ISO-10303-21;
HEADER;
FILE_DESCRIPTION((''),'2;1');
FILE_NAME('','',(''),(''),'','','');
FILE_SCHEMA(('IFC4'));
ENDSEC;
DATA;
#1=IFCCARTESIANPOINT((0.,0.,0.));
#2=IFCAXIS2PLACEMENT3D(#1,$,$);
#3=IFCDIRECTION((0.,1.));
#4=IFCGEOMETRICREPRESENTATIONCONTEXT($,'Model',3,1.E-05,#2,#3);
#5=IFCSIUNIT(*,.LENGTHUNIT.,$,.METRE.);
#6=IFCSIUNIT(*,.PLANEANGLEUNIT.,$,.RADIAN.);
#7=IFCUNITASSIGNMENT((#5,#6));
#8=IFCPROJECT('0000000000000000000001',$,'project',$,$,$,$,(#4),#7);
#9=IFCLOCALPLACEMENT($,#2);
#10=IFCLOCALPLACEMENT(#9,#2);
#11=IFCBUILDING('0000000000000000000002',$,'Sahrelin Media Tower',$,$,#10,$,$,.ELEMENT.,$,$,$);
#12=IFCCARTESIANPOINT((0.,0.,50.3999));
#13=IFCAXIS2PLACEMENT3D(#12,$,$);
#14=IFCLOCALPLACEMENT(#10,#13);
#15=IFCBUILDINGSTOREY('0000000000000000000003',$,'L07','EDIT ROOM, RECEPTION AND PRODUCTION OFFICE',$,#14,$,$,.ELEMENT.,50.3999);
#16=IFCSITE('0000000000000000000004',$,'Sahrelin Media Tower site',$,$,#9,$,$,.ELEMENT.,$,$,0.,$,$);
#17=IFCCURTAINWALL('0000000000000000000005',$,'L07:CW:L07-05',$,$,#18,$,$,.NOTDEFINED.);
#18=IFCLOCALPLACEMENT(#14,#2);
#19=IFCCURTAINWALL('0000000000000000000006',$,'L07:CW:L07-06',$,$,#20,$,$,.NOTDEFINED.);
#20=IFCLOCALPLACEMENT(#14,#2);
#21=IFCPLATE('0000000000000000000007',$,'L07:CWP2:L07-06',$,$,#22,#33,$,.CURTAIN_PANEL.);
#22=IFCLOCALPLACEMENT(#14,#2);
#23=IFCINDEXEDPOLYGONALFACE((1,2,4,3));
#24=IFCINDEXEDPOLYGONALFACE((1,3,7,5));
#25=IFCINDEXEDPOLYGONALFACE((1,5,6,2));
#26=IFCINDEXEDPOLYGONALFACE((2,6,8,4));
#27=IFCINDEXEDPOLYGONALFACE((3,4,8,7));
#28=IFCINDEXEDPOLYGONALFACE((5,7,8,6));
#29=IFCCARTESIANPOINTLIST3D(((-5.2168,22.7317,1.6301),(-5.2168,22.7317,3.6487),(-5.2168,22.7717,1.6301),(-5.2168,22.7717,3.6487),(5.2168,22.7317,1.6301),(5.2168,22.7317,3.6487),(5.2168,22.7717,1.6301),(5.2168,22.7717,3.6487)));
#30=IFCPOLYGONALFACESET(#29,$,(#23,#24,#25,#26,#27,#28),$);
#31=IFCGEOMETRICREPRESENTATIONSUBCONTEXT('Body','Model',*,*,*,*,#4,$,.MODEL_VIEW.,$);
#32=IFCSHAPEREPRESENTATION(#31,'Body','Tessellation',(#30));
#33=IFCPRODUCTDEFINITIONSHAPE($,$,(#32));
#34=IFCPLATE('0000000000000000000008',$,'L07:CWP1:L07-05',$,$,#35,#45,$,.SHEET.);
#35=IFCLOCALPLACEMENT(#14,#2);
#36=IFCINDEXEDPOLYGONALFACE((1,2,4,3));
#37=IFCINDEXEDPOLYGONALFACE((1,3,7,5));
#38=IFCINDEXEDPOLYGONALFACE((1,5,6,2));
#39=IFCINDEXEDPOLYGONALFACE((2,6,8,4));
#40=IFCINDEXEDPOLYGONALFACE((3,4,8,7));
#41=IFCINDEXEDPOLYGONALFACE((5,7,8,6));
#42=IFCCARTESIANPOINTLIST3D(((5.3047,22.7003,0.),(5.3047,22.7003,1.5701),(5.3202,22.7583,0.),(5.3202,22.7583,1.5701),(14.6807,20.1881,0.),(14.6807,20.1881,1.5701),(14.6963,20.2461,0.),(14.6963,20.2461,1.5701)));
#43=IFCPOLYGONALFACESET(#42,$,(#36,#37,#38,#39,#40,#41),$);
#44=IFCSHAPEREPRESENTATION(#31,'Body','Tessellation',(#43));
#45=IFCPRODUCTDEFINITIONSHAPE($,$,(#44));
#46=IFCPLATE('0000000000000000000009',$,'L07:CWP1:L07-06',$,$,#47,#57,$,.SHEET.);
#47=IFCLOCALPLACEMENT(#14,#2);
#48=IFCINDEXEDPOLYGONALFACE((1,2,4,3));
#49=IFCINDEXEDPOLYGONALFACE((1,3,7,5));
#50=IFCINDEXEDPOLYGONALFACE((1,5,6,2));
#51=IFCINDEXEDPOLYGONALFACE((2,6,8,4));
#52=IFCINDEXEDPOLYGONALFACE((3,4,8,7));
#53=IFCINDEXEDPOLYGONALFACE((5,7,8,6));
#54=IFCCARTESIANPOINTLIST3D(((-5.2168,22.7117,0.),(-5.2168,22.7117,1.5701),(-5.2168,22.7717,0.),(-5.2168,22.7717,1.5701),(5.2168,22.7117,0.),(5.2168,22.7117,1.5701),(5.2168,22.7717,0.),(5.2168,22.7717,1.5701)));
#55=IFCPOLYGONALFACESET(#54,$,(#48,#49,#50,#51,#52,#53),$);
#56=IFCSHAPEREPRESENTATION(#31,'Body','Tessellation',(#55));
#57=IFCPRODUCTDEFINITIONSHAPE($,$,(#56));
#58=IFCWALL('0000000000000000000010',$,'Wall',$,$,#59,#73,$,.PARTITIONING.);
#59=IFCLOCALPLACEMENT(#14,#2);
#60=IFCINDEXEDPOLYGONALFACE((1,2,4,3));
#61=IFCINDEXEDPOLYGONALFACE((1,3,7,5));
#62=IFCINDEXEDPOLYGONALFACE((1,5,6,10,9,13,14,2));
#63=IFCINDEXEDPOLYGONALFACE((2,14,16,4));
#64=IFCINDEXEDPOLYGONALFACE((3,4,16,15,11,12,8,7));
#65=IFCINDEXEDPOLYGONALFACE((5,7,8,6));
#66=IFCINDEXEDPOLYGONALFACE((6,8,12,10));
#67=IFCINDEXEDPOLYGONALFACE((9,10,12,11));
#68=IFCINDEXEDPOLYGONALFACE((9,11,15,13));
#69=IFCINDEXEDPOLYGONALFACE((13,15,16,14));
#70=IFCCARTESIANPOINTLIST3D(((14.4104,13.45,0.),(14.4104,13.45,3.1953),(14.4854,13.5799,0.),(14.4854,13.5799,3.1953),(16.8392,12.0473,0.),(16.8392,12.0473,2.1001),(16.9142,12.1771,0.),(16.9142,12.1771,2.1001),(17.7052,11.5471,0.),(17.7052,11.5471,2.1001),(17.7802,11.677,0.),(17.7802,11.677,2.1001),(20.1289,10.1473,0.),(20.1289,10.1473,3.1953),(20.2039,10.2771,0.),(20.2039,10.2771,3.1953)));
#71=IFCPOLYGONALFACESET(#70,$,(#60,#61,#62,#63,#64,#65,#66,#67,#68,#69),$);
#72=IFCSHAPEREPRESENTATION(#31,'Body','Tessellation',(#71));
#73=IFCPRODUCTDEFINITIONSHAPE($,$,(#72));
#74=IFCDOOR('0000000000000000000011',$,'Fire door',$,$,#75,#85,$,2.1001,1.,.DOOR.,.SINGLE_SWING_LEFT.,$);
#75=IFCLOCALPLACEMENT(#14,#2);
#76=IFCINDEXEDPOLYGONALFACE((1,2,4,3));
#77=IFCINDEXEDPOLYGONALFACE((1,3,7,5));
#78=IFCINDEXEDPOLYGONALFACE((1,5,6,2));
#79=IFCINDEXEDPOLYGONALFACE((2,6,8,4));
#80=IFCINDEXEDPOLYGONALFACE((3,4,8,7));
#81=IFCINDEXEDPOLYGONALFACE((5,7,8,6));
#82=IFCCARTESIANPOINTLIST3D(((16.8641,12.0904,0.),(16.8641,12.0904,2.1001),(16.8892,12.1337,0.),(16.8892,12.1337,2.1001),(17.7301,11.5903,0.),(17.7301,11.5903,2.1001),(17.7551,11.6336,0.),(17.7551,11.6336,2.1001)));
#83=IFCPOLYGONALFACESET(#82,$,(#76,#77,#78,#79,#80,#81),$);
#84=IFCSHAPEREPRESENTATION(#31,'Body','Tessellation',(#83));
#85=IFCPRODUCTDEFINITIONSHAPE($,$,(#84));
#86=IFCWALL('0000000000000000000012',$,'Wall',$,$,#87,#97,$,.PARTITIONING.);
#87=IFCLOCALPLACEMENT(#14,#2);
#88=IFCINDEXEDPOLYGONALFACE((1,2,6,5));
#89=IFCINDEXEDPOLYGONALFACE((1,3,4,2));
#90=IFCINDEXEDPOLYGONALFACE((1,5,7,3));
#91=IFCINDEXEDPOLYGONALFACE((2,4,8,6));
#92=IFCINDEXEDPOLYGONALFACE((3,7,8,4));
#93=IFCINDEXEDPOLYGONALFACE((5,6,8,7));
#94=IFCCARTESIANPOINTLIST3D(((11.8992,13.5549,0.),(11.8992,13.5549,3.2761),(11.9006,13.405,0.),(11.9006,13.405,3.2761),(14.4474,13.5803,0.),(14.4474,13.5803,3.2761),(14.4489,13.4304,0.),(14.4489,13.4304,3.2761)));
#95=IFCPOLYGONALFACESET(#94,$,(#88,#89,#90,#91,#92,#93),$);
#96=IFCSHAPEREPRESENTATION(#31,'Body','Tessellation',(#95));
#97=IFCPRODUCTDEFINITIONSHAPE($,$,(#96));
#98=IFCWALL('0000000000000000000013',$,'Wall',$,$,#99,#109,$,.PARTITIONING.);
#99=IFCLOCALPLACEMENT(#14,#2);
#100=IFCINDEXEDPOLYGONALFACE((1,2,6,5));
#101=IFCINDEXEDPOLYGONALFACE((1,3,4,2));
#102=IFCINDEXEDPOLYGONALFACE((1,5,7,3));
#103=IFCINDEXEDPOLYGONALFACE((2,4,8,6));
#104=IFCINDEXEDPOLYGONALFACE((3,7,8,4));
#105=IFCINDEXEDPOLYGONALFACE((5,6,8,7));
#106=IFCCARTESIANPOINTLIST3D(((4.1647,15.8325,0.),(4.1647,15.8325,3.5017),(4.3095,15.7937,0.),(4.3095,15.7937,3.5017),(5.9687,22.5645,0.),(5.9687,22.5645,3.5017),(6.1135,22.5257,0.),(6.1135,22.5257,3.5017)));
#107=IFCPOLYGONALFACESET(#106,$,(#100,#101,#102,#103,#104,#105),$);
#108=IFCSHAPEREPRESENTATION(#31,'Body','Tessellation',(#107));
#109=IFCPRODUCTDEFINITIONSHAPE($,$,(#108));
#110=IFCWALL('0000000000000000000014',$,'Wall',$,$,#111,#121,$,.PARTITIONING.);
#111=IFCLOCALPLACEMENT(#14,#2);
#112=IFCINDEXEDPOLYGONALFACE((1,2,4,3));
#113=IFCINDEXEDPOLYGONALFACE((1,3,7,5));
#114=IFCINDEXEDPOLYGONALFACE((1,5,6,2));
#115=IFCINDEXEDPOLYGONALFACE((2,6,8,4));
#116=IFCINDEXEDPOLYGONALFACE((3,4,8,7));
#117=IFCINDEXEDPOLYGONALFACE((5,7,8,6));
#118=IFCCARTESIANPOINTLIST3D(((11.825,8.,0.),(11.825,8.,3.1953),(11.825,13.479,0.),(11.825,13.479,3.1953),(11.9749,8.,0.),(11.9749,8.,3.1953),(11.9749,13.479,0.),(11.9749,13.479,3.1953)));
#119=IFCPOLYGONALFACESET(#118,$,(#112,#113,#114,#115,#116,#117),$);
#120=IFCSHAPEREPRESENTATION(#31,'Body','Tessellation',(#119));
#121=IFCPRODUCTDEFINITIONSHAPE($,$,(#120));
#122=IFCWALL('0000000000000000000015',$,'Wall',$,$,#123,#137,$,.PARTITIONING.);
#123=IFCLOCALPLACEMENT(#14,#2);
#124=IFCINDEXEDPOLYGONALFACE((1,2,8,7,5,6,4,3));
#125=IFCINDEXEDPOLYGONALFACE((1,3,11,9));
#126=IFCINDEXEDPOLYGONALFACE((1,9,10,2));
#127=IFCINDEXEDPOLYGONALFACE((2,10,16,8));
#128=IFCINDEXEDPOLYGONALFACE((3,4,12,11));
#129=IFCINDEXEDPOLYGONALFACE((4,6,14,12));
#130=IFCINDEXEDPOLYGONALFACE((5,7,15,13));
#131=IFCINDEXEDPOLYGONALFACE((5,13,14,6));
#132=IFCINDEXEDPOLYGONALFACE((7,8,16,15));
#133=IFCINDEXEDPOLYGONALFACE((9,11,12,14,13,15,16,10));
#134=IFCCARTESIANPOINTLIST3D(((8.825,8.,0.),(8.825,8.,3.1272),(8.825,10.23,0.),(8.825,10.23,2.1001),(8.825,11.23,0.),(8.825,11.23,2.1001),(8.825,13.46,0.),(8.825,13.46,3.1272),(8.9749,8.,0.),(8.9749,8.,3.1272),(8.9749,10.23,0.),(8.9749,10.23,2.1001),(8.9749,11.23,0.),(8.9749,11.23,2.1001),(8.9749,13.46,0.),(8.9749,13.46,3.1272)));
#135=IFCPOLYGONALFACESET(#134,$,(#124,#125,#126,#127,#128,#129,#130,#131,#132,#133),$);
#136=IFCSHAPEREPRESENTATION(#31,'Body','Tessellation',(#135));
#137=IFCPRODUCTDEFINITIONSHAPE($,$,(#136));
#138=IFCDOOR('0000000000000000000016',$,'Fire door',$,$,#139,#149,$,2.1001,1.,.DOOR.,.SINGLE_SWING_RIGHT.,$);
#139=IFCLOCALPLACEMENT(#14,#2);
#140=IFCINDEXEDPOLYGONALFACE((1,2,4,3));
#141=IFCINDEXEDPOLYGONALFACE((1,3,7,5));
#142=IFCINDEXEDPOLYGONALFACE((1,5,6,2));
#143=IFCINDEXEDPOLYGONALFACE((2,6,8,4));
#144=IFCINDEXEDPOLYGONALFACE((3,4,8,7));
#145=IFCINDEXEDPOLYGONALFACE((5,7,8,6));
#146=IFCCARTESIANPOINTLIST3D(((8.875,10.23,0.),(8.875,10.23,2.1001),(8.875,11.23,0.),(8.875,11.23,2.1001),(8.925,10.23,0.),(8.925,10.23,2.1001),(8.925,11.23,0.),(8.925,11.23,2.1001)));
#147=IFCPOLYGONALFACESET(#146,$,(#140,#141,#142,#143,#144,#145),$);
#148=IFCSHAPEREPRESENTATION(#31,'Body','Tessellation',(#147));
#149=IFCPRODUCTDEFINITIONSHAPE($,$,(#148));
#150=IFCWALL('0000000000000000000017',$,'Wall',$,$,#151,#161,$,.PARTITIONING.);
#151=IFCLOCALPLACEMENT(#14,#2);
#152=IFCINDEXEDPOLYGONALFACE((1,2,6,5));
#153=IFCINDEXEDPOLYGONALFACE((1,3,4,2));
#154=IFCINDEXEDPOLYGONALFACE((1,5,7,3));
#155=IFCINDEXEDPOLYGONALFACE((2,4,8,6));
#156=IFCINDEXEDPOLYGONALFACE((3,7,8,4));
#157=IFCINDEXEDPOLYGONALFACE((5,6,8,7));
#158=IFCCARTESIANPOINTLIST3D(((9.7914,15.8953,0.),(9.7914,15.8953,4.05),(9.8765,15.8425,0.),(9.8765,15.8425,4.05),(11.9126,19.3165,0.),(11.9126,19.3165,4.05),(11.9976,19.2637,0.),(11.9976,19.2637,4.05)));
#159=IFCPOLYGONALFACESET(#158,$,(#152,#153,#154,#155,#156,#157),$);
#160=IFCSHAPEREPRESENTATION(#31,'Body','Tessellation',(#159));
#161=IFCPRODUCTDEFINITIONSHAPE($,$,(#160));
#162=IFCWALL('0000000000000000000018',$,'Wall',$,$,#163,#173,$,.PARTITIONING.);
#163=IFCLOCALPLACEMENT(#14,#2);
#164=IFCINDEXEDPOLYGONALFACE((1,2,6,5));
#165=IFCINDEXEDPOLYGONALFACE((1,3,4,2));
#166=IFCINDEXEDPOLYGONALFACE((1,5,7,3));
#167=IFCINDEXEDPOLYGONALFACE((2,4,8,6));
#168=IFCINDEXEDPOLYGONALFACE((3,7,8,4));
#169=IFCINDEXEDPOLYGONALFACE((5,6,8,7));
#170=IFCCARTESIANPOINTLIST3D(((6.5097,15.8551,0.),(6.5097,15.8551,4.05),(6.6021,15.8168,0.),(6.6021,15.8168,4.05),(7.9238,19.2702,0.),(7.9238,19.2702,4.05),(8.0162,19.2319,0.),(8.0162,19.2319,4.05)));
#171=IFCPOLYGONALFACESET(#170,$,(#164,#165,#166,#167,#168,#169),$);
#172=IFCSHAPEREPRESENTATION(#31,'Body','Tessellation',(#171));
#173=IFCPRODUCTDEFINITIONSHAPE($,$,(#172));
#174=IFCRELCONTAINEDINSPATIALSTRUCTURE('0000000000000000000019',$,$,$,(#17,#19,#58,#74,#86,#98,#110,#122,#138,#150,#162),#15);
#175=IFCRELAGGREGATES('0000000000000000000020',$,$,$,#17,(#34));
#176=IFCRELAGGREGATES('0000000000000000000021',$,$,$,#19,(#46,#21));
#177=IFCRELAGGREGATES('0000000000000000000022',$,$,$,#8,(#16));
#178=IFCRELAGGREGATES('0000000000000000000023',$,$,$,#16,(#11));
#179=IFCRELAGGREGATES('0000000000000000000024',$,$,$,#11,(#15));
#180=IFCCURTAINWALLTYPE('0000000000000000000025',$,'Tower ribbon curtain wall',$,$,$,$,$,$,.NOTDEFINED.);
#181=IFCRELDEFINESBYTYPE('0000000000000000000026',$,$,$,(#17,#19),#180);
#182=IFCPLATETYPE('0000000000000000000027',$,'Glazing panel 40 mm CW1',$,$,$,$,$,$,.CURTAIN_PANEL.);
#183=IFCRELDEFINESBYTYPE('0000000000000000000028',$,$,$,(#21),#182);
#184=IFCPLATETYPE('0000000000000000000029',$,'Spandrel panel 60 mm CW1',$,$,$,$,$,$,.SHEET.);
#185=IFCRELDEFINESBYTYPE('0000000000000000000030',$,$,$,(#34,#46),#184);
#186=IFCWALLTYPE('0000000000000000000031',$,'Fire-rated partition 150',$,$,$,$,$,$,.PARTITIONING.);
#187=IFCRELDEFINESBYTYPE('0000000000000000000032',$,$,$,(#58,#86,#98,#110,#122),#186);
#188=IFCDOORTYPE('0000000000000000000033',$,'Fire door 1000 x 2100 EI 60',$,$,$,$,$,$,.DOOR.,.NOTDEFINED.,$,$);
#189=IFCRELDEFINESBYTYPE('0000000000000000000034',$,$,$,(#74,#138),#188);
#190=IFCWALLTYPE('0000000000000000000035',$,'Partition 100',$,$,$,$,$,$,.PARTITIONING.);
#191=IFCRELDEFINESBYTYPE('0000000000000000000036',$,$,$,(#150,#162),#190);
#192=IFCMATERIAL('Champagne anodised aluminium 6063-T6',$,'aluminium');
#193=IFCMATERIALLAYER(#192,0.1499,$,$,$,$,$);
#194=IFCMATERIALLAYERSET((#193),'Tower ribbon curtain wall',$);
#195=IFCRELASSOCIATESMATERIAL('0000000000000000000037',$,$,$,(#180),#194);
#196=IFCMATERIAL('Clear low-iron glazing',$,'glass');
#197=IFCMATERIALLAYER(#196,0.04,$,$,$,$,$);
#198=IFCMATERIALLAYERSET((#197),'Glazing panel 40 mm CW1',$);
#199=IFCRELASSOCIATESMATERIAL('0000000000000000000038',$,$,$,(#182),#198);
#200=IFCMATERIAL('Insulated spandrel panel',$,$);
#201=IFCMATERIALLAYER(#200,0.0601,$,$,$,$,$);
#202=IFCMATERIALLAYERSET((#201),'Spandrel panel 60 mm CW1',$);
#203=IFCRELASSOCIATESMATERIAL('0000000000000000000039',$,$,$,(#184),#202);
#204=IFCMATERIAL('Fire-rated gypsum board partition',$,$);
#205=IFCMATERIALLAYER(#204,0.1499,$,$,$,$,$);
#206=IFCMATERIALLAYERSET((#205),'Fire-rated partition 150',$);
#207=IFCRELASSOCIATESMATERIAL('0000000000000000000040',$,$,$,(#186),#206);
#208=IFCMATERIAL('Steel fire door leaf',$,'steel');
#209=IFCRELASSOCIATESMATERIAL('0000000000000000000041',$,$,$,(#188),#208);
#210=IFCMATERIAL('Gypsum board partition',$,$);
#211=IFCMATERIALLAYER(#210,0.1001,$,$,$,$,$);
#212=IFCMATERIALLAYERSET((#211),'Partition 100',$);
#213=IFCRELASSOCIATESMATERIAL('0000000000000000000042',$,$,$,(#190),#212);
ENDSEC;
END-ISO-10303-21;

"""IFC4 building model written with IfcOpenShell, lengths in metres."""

from ifc_helpers import new_model, si_unit, direction, frame, frame_2d, origin, place, context, subcontext, project, spatial, polyline, rectangle, outline, extrude, material, layer, layer_set, type_object, element, fill, aggregate, save


model = new_model("IFC4")

# Units and contexts
model_context = context("Model", 3, precision=1e-05, world=origin(), true_north=direction((0.0, 1.0)))
body_context = subcontext(model_context, "Body", "Model", "MODEL_VIEW")
ifc_project = project(units=[si_unit("LENGTHUNIT", "METRE"), si_unit("PLANEANGLEUNIT", "RADIAN")], contexts=[model_context])

# Site, building, storey
site_placement = place(None, origin())
site = spatial("IfcSite", under=ifc_project, at=site_placement, Name="Sahrelin Media Tower site", CompositionType="ELEMENT", RefElevation=0.0)
building_placement = place(site_placement, origin())
building = spatial("IfcBuilding", under=site, at=building_placement, Name="Sahrelin Media Tower", CompositionType="ELEMENT")
storey_placement = place(building_placement, frame((0.0, 0.0, 50.3999)))
storey = spatial("IfcBuildingStorey", under=building, at=storey_placement, Name="L07", Description="EDIT ROOM, RECEPTION AND PRODUCTION OFFICE", CompositionType="ELEMENT", Elevation=50.3999)

# Curtain wall
ifc_material_1 = material(Name="Champagne anodised aluminium 6063-T6", Category="aluminium")
ifc_layer_1 = layer(ifc_material_1, 0.1499)
ifc_layer_set_1 = layer_set([ifc_layer_1], Name="Tower ribbon curtain wall")
curtain_wall_type = type_object("IfcCurtainWallType", Name="Tower ribbon curtain wall", PredefinedType="NOTDEFINED", material=ifc_layer_set_1)
curtain_wall_1_placement = place(storey_placement, frame((10.0032, 21.4829, 0.0), z_axis=(0.0, 0.0, 1.0), x_axis=(1.0, 0.0, 0.0)))
curtain_wall_1 = element("IfcCurtainWall", 1, at=curtain_wall_1_placement, inside=storey, type_object=curtain_wall_type, Name="L07:CW:L07-05", PredefinedType="NOTDEFINED")

# Curtain wall
placement_1 = place(storey_placement, frame((0.0, 22.7517, 0.0), z_axis=(0.0, 0.0, 1.0), x_axis=(1.0, 0.0, 0.0)))
curtain_wall_2 = element("IfcCurtainWall", 2, at=placement_1, inside=storey, type_object=curtain_wall_type, Name="L07:CW:L07-06", PredefinedType="NOTDEFINED")

# Plates
ifc_material_2 = material(Name="Clear low-iron glazing", Category="glass")
ifc_layer_2 = layer(ifc_material_2, 0.04)
ifc_layer_set_2 = layer_set([ifc_layer_2], Name="Glazing panel 40 mm CW1")
plate_type_1 = type_object("IfcPlateType", Name="Glazing panel 40 mm CW1", PredefinedType="CURTAIN_PANEL", material=ifc_layer_set_2)
plate_1_placement = place(storey_placement, frame((5.2168, 22.7717, 1.6301), z_axis=(0.0, 1.0, 0.0), x_axis=(-1.0, 0.0, 0.0)))
plate_1 = element("IfcPlate", 3, at=plate_1_placement, type_object=plate_type_1, Name="L07:CWP2:L07-06", PredefinedType="CURTAIN_PANEL", context=body_context, shape_type="SweptSolid", body=[
    extrude(outline(polyline([(0.0, 0.0), (10.4336, 0.0), (10.4336, 2.0186), (0.0, 2.0186), (0.0, 0.0)])), origin(), (0.0, 0.0, -1.0), 0.04),
])
ifc_material_3 = material(Name="Insulated spandrel panel")
ifc_layer_3 = layer(ifc_material_3, 0.0601)
ifc_layer_set_3 = layer_set([ifc_layer_3], Name="Spandrel panel 60 mm CW1")
plate_type_2 = type_object("IfcPlateType", Name="Spandrel panel 60 mm CW1", PredefinedType="SHEET", material=ifc_layer_set_3)
plate_2_placement = place(storey_placement, frame((14.6963, 20.2461, 0.0), z_axis=(0.258812, 0.965928, 0.0), x_axis=(-0.965928, 0.258812, 0.0)))
plate_2 = element("IfcPlate", 4, at=plate_2_placement, type_object=plate_type_2, Name="L07:CWP1:L07-05", PredefinedType="SHEET", context=body_context, shape_type="SweptSolid", body=[
    extrude(outline(polyline([(0.0, 0.0), (9.7068, 0.0), (9.7068, 1.5701), (0.0, 1.5701), (0.0, 0.0)])), origin(), (0.0, 0.0, -1.0), 0.0601),
])
aggregate(curtain_wall_1, [plate_2])
plate_3_placement = place(storey_placement, frame((5.2168, 22.7717, 0.0), z_axis=(0.0, 1.0, 0.0), x_axis=(-1.0, 0.0, 0.0)))
plate_3 = element("IfcPlate", 5, at=plate_3_placement, type_object=plate_type_2, Name="L07:CWP1:L07-06", PredefinedType="SHEET", context=body_context, shape_type="SweptSolid", body=[
    extrude(outline(polyline([(0.0, 0.0), (10.4336, 0.0), (10.4336, 1.5701), (0.0, 1.5701), (0.0, 0.0)])), origin(), (0.0, 0.0, -1.0), 0.0601),
])
aggregate(curtain_wall_2, [plate_3, plate_1])

# Wall, opening, door
ifc_material_4 = material(Name="Fire-rated gypsum board partition")
ifc_layer_4 = layer(ifc_material_4, 0.1499)
ifc_layer_set_4 = layer_set([ifc_layer_4], Name="Fire-rated partition 150")
wall_type_1 = type_object("IfcWallType", Name="Fire-rated partition 150", PredefinedType="PARTITIONING", material=ifc_layer_set_4)
wall_1_placement = place(storey_placement, frame((14.448, 13.5149, 0.0), z_axis=(0.0, 0.0, 1.0), x_axis=(0.86595, -0.500131, 0.0)))
wall_1 = element("IfcWall", 6, at=wall_1_placement, inside=storey, type_object=wall_type_1, Name="Wall", PredefinedType="PARTITIONING", context=body_context, shape_type="SweptSolid", body=[
    extrude(rectangle(XDim=6.6038, YDim=0.1499, at=frame_2d((3.3018, 0.0))), origin(), (0.0, 0.0, 1.0), 3.1953),
])
opening_1_placement = place(wall_1_placement, frame((2.8047, 0.0, 0.0)))
opening_1 = element("IfcOpeningElement", 7, at=opening_1_placement, cuts=wall_1, PredefinedType="OPENING", context=body_context, shape_type="SweptSolid", body=[
    extrude(rectangle(XDim=1.0, YDim=2.1001, at=frame_2d((0.5, 1.05))), frame((0.0, 0.075, 0.0), z_axis=(0.0, -1.0, 0.0), x_axis=(1.0, 0.0, 0.0)), (0.0, 0.0, 1.0), 0.1499),
])
ifc_material_5 = material(Name="Steel fire door leaf", Category="steel")
door_type = type_object("IfcDoorType", Name="Fire door 1000 x 2100 EI 60", OperationType="NOTDEFINED", PredefinedType="DOOR", material=ifc_material_5)
door_1_placement = place(opening_1_placement, origin())
door_1 = element("IfcDoor", 8, at=door_1_placement, inside=storey, type_object=door_type, Name="Fire door", OperationType="SINGLE_SWING_LEFT", OverallHeight=2.1001, OverallWidth=1.0, PredefinedType="DOOR", context=body_context, shape_type="SweptSolid", body=[
    extrude(rectangle(XDim=1.0, YDim=2.1001, at=frame_2d((0.5, 1.05))), frame((0.0, 0.0249, 0.0), z_axis=(0.0, -1.0, 0.0), x_axis=(1.0, 0.0, 0.0)), (0.0, 0.0, 1.0), 0.05),
])
fill(opening_1, door_1)

# Walls
wall_2_placement = place(storey_placement, frame((11.8999, 13.48, 0.0), z_axis=(0.0, 0.0, 1.0), x_axis=(0.99995, 0.009964, 0.0)))
element("IfcWall", 9, at=wall_2_placement, inside=storey, type_object=wall_type_1, Name="Wall", PredefinedType="PARTITIONING", context=body_context, shape_type="SweptSolid", body=[
    extrude(rectangle(XDim=2.5483, YDim=0.1499, at=frame_2d((1.2742, 0.0))), origin(), (0.0, 0.0, 1.0), 3.2761),
])
wall_3_placement = place(storey_placement, frame((4.2371, 15.813, 0.0), z_axis=(0.0, 0.0, 1.0), x_axis=(0.258838, 0.965921, 0.0)))
element("IfcWall", 10, at=wall_3_placement, inside=storey, type_object=wall_type_1, Name="Wall", PredefinedType="PARTITIONING", context=body_context, shape_type="SweptSolid", body=[
    extrude(rectangle(XDim=6.9695, YDim=0.1499, at=frame_2d((3.4849, 0.0))), origin(), (0.0, 0.0, 1.0), 3.5017),
])
wall_4_placement = place(storey_placement, frame((11.8999, 8.0, 0.0), z_axis=(0.0, 0.0, 1.0), x_axis=(0.0, 1.0, 0.0)))
element("IfcWall", 11, at=wall_4_placement, inside=storey, type_object=wall_type_1, Name="Wall", PredefinedType="PARTITIONING", context=body_context, shape_type="SweptSolid", body=[
    extrude(rectangle(XDim=5.479, YDim=0.1499, at=frame_2d((2.7395, 0.0))), origin(), (0.0, 0.0, 1.0), 3.1953),
])

# Wall, opening, door
wall_5_placement = place(storey_placement, frame((8.8999, 8.0, 0.0), z_axis=(0.0, 0.0, 1.0), x_axis=(0.0, 1.0, 0.0)))
wall_5 = element("IfcWall", 12, at=wall_5_placement, inside=storey, type_object=wall_type_1, Name="Wall", PredefinedType="PARTITIONING", context=body_context, shape_type="SweptSolid", body=[
    extrude(rectangle(XDim=5.46, YDim=0.1499, at=frame_2d((2.73, 0.0))), origin(), (0.0, 0.0, 1.0), 3.1272),
])
opening_2_placement = place(wall_5_placement, frame((2.23, 0.0, 0.0)))
opening_2 = element("IfcOpeningElement", 13, at=opening_2_placement, cuts=wall_5, PredefinedType="OPENING", context=body_context, shape_type="SweptSolid", body=[
    extrude(rectangle(XDim=1.0, YDim=2.1001, at=frame_2d((0.5, 1.05))), frame((0.0, 0.075, 0.0), z_axis=(0.0, -1.0, 0.0), x_axis=(1.0, 0.0, 0.0)), (0.0, 0.0, 1.0), 0.1499),
])
door_2_placement = place(opening_2_placement, origin())
door_2 = element("IfcDoor", 14, at=door_2_placement, inside=storey, type_object=door_type, Name="Fire door", OperationType="SINGLE_SWING_RIGHT", OverallHeight=2.1001, OverallWidth=1.0, PredefinedType="DOOR", context=body_context, shape_type="SweptSolid", body=[
    extrude(rectangle(XDim=1.0, YDim=2.1001, at=frame_2d((0.5, 1.05))), frame((0.0, 0.0249, 0.0), z_axis=(0.0, -1.0, 0.0), x_axis=(1.0, 0.0, 0.0)), (0.0, 0.0, 1.0), 0.05),
])
fill(opening_2, door_2)

# Walls
ifc_material_6 = material(Name="Gypsum board partition")
ifc_layer_5 = layer(ifc_material_6, 0.1001)
ifc_layer_set_5 = layer_set([ifc_layer_5], Name="Partition 100")
wall_type_2 = type_object("IfcWallType", Name="Partition 100", PredefinedType="PARTITIONING", material=ifc_layer_set_5)
wall_6_placement = place(storey_placement, frame((9.834, 15.8689, 0.0), z_axis=(0.0, 0.0, 1.0), x_axis=(0.526937, 0.849904, 0.0)))
element("IfcWall", 15, at=wall_6_placement, inside=storey, type_object=wall_type_2, Name="Wall", PredefinedType="PARTITIONING", context=body_context, shape_type="SweptSolid", body=[
    extrude(rectangle(XDim=4.0254, YDim=0.1001, at=frame_2d((2.0127, 0.0))), origin(), (0.0, 0.0, 1.0), 4.05),
])
wall_7_placement = place(storey_placement, frame((6.5559, 15.8359, 0.0), z_axis=(0.0, 0.0, 1.0), x_axis=(0.38257, 0.923927, 0.0)))
element("IfcWall", 16, at=wall_7_placement, inside=storey, type_object=wall_type_2, Name="Wall", PredefinedType="PARTITIONING", context=body_context, shape_type="SweptSolid", body=[
    extrude(rectangle(XDim=3.6963, YDim=0.1001, at=frame_2d((1.8481, 0.0))), origin(), (0.0, 0.0, 1.0), 4.05),
])

save(model, "model.ifc")
